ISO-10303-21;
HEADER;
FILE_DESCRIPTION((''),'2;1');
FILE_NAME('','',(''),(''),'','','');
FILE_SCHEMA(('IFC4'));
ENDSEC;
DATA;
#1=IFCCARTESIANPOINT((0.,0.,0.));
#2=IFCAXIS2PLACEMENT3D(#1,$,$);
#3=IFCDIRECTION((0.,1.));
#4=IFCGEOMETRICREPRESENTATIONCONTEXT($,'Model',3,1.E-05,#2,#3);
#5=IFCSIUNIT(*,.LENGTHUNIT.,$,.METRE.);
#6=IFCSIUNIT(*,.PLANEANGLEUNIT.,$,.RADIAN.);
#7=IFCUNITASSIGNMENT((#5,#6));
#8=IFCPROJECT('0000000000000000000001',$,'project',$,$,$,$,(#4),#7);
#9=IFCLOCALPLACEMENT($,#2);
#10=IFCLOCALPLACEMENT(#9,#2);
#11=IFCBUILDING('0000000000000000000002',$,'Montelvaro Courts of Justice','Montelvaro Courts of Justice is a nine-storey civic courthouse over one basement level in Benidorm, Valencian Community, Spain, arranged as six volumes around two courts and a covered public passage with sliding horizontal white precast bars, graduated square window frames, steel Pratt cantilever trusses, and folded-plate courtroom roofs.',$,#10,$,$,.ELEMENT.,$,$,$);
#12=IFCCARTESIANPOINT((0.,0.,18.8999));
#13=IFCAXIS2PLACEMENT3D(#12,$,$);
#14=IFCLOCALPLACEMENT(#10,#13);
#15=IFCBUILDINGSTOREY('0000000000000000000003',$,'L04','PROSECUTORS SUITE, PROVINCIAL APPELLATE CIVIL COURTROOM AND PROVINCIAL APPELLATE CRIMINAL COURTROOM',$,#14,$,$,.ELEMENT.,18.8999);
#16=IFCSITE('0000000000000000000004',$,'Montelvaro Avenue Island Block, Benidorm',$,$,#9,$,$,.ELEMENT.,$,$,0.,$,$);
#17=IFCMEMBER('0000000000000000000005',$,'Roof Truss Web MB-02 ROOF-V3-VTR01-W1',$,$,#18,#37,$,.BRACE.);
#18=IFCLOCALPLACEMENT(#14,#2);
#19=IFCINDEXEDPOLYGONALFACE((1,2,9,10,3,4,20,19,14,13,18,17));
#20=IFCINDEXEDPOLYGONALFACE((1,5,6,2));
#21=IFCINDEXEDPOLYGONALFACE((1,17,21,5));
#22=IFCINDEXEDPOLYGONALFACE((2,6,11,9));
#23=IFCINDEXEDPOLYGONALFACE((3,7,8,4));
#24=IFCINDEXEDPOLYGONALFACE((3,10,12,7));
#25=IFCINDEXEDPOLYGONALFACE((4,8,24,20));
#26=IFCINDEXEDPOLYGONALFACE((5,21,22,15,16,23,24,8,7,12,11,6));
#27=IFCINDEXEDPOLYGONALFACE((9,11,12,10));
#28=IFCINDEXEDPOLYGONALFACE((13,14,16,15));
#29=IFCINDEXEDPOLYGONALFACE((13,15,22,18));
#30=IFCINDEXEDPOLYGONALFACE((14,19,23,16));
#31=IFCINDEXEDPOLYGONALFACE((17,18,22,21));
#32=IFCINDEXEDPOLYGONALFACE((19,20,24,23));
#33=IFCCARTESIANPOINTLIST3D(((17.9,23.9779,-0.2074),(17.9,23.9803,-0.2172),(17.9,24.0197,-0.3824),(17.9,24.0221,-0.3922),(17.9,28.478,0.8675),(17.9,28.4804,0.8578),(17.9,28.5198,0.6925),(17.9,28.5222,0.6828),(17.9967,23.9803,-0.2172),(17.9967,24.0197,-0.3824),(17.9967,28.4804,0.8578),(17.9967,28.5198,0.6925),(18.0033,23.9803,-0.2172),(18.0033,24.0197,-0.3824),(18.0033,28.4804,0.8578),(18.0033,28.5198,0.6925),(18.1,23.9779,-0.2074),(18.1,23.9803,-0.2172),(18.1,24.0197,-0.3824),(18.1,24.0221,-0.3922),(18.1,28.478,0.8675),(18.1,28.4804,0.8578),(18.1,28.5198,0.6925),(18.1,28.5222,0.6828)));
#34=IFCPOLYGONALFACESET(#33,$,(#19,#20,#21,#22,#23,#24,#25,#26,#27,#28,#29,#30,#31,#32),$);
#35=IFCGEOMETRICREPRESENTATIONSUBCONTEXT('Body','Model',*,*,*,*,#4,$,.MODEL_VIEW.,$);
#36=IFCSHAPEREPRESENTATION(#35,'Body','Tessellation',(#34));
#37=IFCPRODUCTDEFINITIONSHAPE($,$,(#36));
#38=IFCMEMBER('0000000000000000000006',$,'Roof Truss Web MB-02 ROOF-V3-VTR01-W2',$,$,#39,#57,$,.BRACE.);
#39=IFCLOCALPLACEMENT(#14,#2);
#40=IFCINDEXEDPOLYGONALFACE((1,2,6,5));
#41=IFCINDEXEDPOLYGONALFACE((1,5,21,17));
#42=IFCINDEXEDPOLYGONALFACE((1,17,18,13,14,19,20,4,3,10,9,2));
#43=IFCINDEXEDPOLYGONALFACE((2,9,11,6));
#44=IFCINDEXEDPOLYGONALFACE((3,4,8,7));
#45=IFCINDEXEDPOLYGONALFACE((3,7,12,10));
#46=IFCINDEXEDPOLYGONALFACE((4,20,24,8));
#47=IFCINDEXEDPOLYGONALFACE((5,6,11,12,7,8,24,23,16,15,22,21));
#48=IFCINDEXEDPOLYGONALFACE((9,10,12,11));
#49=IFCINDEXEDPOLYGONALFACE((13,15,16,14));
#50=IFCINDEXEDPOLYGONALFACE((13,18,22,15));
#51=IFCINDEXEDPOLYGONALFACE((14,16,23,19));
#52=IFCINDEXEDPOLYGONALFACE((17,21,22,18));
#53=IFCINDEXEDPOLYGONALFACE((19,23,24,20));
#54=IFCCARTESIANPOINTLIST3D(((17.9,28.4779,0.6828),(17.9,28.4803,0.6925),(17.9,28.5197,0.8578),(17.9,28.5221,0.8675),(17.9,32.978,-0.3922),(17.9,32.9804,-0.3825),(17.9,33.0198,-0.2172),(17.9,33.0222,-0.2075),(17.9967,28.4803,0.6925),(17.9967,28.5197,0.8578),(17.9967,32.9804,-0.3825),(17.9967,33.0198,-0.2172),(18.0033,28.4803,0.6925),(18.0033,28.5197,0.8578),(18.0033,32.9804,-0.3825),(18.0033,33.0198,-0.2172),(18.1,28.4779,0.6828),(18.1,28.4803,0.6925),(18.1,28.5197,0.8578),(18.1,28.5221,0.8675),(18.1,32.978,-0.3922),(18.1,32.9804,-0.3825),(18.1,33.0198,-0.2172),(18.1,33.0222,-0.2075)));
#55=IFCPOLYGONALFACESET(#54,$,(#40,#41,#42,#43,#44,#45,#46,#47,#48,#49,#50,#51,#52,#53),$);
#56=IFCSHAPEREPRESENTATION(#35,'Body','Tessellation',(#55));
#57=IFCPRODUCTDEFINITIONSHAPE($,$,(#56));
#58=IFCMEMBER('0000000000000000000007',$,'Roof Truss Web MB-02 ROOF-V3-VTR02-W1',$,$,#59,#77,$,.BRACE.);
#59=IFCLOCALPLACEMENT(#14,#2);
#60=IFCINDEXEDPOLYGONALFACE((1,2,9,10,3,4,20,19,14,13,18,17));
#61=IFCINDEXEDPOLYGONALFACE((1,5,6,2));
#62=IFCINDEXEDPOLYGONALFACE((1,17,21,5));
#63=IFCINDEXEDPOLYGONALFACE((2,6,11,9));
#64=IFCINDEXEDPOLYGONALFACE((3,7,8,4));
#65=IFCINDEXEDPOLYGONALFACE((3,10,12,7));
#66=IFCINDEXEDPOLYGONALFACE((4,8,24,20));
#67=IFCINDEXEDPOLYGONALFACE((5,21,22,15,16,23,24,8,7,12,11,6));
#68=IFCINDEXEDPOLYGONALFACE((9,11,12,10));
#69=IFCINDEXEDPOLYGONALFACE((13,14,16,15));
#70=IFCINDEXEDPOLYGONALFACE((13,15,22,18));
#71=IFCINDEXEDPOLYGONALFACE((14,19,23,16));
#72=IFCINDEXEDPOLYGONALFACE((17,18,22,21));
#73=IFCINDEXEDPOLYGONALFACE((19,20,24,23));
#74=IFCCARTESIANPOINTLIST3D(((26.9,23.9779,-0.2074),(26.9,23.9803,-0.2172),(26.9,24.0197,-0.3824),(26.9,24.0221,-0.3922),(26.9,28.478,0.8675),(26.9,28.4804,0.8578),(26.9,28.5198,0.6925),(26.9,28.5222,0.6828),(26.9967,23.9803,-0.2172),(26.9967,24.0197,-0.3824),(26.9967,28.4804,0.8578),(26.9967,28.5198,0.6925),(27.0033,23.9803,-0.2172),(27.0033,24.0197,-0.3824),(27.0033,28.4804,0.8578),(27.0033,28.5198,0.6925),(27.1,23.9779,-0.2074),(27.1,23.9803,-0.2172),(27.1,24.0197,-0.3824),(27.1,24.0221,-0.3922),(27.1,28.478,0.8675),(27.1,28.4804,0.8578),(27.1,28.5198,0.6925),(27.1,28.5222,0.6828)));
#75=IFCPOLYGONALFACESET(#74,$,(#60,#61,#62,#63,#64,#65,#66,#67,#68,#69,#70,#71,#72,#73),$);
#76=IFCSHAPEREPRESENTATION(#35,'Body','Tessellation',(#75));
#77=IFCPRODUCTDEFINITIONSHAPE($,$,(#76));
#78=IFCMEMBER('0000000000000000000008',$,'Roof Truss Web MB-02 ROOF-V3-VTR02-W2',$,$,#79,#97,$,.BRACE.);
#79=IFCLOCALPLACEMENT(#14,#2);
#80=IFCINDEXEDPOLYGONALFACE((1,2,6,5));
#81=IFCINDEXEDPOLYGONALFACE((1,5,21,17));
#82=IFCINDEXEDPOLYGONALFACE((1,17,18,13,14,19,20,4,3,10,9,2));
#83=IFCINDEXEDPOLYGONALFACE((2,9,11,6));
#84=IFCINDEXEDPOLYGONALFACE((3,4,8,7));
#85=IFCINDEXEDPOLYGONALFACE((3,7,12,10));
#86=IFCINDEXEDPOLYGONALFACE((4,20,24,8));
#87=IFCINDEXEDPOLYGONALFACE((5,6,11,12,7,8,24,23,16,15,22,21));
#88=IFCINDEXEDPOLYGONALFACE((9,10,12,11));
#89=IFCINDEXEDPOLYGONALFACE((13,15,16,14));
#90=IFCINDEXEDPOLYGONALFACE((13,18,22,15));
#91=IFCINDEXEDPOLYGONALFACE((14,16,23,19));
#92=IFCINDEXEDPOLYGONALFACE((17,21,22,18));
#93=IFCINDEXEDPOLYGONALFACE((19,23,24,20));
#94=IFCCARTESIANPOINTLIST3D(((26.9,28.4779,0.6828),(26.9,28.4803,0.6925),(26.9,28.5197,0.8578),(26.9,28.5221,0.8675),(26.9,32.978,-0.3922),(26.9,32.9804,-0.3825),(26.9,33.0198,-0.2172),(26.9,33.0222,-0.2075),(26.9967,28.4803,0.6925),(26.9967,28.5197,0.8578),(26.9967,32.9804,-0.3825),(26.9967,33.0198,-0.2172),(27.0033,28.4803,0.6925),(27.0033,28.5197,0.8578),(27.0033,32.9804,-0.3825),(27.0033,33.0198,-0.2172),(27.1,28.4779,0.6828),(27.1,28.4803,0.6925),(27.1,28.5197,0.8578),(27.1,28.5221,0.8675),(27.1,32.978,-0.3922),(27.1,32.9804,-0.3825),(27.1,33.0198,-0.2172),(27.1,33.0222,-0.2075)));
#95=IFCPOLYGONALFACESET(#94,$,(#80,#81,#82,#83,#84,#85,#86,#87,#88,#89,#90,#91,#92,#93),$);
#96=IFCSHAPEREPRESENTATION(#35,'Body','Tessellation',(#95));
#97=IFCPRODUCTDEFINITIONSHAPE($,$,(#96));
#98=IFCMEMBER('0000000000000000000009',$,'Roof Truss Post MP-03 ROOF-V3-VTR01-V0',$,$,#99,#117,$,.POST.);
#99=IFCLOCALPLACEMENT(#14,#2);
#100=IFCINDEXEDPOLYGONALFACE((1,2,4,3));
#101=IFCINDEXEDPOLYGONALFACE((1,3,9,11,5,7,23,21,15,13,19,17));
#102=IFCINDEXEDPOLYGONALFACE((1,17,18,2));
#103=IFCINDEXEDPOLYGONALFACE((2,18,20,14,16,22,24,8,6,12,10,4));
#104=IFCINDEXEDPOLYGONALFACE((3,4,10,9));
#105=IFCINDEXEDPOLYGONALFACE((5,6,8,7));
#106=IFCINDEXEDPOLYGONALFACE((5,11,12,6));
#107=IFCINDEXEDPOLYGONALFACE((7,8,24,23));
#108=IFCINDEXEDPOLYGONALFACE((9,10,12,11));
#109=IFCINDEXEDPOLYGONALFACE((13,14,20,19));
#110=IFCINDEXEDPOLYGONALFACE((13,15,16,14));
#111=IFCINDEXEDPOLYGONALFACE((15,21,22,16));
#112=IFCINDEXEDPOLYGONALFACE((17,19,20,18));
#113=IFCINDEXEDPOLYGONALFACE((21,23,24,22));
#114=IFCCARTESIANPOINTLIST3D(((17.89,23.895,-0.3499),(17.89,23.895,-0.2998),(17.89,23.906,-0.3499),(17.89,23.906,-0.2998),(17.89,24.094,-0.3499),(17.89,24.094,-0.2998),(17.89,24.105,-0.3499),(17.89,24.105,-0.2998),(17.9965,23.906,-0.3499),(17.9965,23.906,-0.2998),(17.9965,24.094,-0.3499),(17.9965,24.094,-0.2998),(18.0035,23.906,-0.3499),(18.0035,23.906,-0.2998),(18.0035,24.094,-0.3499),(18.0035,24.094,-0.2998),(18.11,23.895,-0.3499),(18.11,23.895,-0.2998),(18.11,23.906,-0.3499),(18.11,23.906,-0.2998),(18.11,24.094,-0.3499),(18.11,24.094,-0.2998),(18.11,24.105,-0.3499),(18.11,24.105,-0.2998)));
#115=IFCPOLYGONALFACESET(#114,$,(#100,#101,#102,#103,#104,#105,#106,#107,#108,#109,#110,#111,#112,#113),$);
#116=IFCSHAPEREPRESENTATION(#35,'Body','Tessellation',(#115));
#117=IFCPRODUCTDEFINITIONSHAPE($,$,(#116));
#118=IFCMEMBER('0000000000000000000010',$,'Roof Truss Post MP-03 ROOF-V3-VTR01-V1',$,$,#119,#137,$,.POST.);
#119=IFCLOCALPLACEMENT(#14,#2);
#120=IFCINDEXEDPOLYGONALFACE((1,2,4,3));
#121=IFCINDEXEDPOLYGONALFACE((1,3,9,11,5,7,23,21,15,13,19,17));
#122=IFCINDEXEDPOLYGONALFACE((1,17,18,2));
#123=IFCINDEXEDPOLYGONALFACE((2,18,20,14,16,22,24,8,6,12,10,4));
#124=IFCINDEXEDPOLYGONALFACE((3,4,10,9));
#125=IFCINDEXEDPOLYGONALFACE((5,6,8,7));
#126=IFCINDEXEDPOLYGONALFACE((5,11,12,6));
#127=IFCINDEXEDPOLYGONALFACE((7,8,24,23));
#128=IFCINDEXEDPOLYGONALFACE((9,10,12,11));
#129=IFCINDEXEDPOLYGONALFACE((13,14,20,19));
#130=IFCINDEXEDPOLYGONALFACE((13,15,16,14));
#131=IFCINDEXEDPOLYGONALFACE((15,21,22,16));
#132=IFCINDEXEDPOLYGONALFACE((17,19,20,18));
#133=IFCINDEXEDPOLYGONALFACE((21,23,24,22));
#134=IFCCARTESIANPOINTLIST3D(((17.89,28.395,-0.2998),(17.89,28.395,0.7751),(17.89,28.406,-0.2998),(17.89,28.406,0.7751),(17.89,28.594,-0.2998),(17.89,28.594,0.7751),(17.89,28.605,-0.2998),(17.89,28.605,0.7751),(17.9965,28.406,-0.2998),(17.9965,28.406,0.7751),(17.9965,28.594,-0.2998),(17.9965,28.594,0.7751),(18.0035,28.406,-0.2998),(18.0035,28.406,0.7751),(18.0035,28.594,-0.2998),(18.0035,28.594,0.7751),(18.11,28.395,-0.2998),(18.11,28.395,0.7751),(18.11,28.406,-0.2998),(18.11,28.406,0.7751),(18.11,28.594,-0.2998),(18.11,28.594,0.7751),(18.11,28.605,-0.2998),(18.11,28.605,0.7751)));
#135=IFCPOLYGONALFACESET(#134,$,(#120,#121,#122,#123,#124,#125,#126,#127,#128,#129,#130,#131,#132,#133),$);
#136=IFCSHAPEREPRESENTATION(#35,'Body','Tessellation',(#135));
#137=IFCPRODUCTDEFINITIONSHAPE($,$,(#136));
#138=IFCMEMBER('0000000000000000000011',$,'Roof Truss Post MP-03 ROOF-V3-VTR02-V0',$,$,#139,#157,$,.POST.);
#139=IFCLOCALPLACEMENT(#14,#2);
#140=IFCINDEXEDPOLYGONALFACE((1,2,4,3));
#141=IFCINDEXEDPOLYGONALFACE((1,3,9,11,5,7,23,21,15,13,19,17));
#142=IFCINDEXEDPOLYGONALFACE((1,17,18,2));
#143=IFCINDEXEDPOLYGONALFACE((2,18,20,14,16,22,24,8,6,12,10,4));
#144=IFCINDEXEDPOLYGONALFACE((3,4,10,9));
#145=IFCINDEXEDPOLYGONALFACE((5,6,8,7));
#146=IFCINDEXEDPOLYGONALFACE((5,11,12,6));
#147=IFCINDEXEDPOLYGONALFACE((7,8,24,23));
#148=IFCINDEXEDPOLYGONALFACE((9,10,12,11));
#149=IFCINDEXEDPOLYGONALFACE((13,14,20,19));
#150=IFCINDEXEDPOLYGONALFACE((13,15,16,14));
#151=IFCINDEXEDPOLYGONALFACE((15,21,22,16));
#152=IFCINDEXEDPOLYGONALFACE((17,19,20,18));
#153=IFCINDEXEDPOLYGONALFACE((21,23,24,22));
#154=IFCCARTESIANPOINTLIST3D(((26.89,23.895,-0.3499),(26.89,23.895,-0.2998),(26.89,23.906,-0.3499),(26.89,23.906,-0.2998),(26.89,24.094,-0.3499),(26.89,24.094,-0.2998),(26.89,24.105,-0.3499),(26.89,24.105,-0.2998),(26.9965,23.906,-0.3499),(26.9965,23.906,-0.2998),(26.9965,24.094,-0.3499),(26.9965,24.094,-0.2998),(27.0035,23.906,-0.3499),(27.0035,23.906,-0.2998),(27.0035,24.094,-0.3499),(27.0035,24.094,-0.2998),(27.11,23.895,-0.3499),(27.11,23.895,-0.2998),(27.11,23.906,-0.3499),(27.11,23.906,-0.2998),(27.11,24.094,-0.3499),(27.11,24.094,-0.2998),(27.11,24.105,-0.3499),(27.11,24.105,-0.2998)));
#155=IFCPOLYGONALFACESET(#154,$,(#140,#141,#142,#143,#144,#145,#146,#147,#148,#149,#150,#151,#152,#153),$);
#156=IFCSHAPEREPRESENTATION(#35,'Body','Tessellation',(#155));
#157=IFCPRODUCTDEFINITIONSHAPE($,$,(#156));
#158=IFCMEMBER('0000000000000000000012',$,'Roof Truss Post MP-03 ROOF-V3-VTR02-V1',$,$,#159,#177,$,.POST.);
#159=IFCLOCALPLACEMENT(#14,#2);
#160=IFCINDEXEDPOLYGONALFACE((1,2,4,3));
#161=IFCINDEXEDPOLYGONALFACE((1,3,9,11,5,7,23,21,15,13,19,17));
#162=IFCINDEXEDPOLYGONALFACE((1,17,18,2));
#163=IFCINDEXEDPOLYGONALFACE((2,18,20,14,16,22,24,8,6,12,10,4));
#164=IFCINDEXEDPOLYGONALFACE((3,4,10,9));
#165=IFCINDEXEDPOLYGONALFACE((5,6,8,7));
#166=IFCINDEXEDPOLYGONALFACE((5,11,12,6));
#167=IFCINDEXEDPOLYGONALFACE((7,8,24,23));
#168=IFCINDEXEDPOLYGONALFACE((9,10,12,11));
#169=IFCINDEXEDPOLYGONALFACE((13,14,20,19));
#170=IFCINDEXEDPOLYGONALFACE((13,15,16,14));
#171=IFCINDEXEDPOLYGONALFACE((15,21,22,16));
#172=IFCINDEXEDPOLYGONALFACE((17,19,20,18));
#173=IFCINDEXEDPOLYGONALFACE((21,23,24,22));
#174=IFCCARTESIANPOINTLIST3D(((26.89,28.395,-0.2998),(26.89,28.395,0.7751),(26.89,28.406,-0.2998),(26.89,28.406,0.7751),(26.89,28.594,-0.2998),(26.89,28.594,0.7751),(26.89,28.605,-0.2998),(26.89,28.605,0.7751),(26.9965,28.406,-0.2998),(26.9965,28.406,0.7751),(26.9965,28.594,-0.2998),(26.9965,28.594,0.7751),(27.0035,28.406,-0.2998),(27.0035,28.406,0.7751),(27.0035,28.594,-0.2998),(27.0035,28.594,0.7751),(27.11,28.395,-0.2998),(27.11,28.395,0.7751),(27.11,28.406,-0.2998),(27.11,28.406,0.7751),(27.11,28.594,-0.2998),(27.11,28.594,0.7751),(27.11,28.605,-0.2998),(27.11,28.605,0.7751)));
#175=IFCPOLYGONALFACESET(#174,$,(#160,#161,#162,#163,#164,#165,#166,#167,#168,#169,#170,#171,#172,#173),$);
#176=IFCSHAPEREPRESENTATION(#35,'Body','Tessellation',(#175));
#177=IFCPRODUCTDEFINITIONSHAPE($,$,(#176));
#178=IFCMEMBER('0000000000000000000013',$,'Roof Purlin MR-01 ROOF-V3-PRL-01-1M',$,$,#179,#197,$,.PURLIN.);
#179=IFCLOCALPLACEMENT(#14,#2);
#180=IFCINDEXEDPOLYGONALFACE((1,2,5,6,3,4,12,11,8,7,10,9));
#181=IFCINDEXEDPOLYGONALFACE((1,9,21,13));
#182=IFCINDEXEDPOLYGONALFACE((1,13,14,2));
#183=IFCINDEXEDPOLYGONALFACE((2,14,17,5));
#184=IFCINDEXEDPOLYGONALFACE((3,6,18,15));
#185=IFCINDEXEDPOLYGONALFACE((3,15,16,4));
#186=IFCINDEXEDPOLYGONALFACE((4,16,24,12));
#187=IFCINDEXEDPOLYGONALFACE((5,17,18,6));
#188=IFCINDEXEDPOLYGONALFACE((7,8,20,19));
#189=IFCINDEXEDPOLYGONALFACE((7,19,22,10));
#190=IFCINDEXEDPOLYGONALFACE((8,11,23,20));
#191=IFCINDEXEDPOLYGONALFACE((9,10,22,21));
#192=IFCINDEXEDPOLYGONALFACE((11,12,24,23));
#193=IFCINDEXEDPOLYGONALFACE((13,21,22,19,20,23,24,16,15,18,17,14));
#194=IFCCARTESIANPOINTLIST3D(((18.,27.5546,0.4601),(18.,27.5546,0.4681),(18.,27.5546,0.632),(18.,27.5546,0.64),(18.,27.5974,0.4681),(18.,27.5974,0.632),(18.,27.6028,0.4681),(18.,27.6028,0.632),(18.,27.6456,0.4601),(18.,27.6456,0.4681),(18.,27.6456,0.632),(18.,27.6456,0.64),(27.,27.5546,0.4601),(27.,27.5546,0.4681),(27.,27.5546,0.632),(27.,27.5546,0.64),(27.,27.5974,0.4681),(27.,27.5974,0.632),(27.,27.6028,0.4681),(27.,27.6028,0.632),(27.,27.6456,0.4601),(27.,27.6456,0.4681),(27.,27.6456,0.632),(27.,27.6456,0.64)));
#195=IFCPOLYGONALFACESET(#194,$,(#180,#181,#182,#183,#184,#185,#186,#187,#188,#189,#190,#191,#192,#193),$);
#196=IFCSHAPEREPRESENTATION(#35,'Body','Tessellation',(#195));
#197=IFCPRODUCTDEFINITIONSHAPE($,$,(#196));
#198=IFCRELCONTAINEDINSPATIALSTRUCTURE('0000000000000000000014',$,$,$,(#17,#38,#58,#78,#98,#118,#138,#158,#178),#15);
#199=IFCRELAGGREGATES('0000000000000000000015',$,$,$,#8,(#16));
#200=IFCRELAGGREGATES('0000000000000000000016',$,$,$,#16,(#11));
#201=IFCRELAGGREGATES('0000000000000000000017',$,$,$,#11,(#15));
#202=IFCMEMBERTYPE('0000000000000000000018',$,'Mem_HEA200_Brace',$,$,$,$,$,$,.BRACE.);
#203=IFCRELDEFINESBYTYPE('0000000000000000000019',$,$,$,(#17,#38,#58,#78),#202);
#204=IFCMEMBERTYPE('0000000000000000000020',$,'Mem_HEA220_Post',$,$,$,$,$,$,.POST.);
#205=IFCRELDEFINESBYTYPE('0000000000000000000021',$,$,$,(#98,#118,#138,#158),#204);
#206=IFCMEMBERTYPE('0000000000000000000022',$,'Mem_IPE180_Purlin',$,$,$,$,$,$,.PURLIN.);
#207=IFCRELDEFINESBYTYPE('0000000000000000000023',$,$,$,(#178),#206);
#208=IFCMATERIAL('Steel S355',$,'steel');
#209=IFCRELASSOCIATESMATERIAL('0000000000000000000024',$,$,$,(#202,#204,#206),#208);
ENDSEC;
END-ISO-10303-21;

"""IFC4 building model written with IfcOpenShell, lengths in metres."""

from ifc_helpers import new_model, si_unit, direction, frame, origin, origin_2d, place, context, subcontext, project, spatial, i_section, extrude, material, material_profile, profile_set, type_object, element, save


model = new_model("IFC4")

# Units and contexts
model_context = context("Model", 3, precision=1e-05, world=origin(), true_north=direction((0.0, 1.0)))
body_context = subcontext(model_context, "Body", "Model", "MODEL_VIEW")
ifc_project = project(units=[si_unit("LENGTHUNIT", "METRE"), si_unit("PLANEANGLEUNIT", "RADIAN")], contexts=[model_context])

# Site, building, storey
site_placement = place(None, origin())
site = spatial("IfcSite", under=ifc_project, at=site_placement, Name="Montelvaro Avenue Island Block, Benidorm", CompositionType="ELEMENT", RefElevation=0.0)
building_placement = place(site_placement, origin())
building = spatial("IfcBuilding", under=site, at=building_placement, Name="Montelvaro Courts of Justice", Description="Montelvaro Courts of Justice is a nine-storey civic courthouse over one basement level in Benidorm, Valencian Community, Spain, arranged as six volumes around two courts and a covered public passage with sliding horizontal white precast bars, graduated square window frames, steel Pratt cantilever trusses, and folded-plate courtroom roofs.", CompositionType="ELEMENT")
storey_placement = place(building_placement, frame((0.0, 0.0, 18.8999)))
storey = spatial("IfcBuildingStorey", under=building, at=storey_placement, Name="L04", Description="PROSECUTORS SUITE, PROVINCIAL APPELLATE CIVIL COURTROOM AND PROVINCIAL APPELLATE CRIMINAL COURTROOM", CompositionType="ELEMENT", Elevation=18.8999)

# Members
ifc_material_1 = material(Name="Steel S355", Category="steel")
ifc_material_profile_1 = material_profile(ifc_material_1, i_section(OverallWidth=0.2, OverallDepth=0.1899, WebThickness=0.0066, FlangeThickness=0.01, at=origin_2d()), Name="HEA 200")
ifc_profile_set_1 = profile_set([ifc_material_profile_1], Name="Steel S355")
member_type_1 = type_object("IfcMemberType", Name="Mem_HEA200_Brace", PredefinedType="BRACE", material=ifc_profile_set_1)
for number, where, z_axis, x_axis, name in (
    (1, (18.0, 24.0, -0.2998), (0.0, 0.972634, 0.232341), (-1.0, 0.0, 0.0), "Roof Truss Web MB-02 ROOF-V3-VTR01-W1"),
    (2, (18.0, 28.5, 0.7751), (0.0, 0.972634, -0.232341), (-1.0, 0.0, 0.0), "Roof Truss Web MB-02 ROOF-V3-VTR01-W2"),
    (3, (27.0, 24.0, -0.2998), (0.0, 0.972634, 0.232341), (-1.0, 0.0, 0.0), "Roof Truss Web MB-02 ROOF-V3-VTR02-W1"),
    (4, (27.0, 28.5, 0.7751), (0.0, 0.972634, -0.232341), (-1.0, 0.0, 0.0), "Roof Truss Web MB-02 ROOF-V3-VTR02-W2"),
):
    element("IfcMember", number, at=place(storey_placement, frame(where, z_axis=z_axis, x_axis=x_axis)), inside=storey, type_object=member_type_1, Name=name, PredefinedType="BRACE", context=body_context, shape_type="SweptSolid", body=[
        extrude(i_section(OverallWidth=0.2, OverallDepth=0.1899, WebThickness=0.0066, FlangeThickness=0.01, at=origin_2d()), origin(), (0.0, 0.0, 1.0), 4.6267),
    ])
ifc_material_profile_2 = material_profile(ifc_material_1, i_section(OverallWidth=0.22, OverallDepth=0.21, WebThickness=0.0071, FlangeThickness=0.011, at=origin_2d()), Name="HEA 220")
ifc_profile_set_2 = profile_set([ifc_material_profile_2], Name="Steel S355")
member_type_2 = type_object("IfcMemberType", Name="Mem_HEA220_Post", PredefinedType="POST", material=ifc_profile_set_2)
member_1_placement = place(storey_placement, frame((18.0, 24.0, -0.2998), z_axis=(0.0, 0.0, -1.0), x_axis=(1.0, 0.0, 0.0)))
element("IfcMember", 5, at=member_1_placement, inside=storey, type_object=member_type_2, Name="Roof Truss Post MP-03 ROOF-V3-VTR01-V0", PredefinedType="POST", context=body_context, shape_type="SweptSolid", body=[
    extrude(i_section(OverallWidth=0.22, OverallDepth=0.21, WebThickness=0.0071, FlangeThickness=0.011, at=origin_2d()), origin(), (0.0, 0.0, 1.0), 0.05),
])
member_2_placement = place(storey_placement, frame((18.0, 28.5, -0.2998), z_axis=(0.0, 0.0, 1.0), x_axis=(1.0, 0.0, 0.0)))
element("IfcMember", 6, at=member_2_placement, inside=storey, type_object=member_type_2, Name="Roof Truss Post MP-03 ROOF-V3-VTR01-V1", PredefinedType="POST", context=body_context, shape_type="SweptSolid", body=[
    extrude(i_section(OverallWidth=0.22, OverallDepth=0.21, WebThickness=0.0071, FlangeThickness=0.011, at=origin_2d()), origin(), (0.0, 0.0, 1.0), 1.075),
])
member_3_placement = place(storey_placement, frame((27.0, 24.0, -0.2998), z_axis=(0.0, 0.0, -1.0), x_axis=(1.0, 0.0, 0.0)))
element("IfcMember", 7, at=member_3_placement, inside=storey, type_object=member_type_2, Name="Roof Truss Post MP-03 ROOF-V3-VTR02-V0", PredefinedType="POST", context=body_context, shape_type="SweptSolid", body=[
    extrude(i_section(OverallWidth=0.22, OverallDepth=0.21, WebThickness=0.0071, FlangeThickness=0.011, at=origin_2d()), origin(), (0.0, 0.0, 1.0), 0.05),
])
member_4_placement = place(storey_placement, frame((27.0, 28.5, -0.2998), z_axis=(0.0, 0.0, 1.0), x_axis=(1.0, 0.0, 0.0)))
element("IfcMember", 8, at=member_4_placement, inside=storey, type_object=member_type_2, Name="Roof Truss Post MP-03 ROOF-V3-VTR02-V1", PredefinedType="POST", context=body_context, shape_type="SweptSolid", body=[
    extrude(i_section(OverallWidth=0.22, OverallDepth=0.21, WebThickness=0.0071, FlangeThickness=0.011, at=origin_2d()), origin(), (0.0, 0.0, 1.0), 1.075),
])
ifc_material_profile_3 = material_profile(ifc_material_1, i_section(OverallWidth=0.0911, OverallDepth=0.1799, WebThickness=0.0054, FlangeThickness=0.0081, at=origin_2d()), Name="IPE 180")
ifc_profile_set_3 = profile_set([ifc_material_profile_3], Name="Steel S355")
member_type_3 = type_object("IfcMemberType", Name="Mem_IPE180_Purlin", PredefinedType="PURLIN", material=ifc_profile_set_3)
for number, where, z_axis, x_axis, name in (
    (9, (18.0, 27.6001, 0.55), (1.0, 0.0, 0.0), (0.0, 1.0, 0.0), "Roof Purlin MR-01 ROOF-V3-PRL-01-1M"),
):
    element("IfcMember", number, at=place(storey_placement, frame(where, z_axis=z_axis, x_axis=x_axis)), inside=storey, type_object=member_type_3, Name=name, PredefinedType="PURLIN", context=body_context, shape_type="SweptSolid", body=[
        extrude(i_section(OverallWidth=0.0911, OverallDepth=0.1799, WebThickness=0.0054, FlangeThickness=0.0081, at=origin_2d()), origin(), (0.0, 0.0, 1.0), 9.0),
    ])

save(model, "model.ifc")
